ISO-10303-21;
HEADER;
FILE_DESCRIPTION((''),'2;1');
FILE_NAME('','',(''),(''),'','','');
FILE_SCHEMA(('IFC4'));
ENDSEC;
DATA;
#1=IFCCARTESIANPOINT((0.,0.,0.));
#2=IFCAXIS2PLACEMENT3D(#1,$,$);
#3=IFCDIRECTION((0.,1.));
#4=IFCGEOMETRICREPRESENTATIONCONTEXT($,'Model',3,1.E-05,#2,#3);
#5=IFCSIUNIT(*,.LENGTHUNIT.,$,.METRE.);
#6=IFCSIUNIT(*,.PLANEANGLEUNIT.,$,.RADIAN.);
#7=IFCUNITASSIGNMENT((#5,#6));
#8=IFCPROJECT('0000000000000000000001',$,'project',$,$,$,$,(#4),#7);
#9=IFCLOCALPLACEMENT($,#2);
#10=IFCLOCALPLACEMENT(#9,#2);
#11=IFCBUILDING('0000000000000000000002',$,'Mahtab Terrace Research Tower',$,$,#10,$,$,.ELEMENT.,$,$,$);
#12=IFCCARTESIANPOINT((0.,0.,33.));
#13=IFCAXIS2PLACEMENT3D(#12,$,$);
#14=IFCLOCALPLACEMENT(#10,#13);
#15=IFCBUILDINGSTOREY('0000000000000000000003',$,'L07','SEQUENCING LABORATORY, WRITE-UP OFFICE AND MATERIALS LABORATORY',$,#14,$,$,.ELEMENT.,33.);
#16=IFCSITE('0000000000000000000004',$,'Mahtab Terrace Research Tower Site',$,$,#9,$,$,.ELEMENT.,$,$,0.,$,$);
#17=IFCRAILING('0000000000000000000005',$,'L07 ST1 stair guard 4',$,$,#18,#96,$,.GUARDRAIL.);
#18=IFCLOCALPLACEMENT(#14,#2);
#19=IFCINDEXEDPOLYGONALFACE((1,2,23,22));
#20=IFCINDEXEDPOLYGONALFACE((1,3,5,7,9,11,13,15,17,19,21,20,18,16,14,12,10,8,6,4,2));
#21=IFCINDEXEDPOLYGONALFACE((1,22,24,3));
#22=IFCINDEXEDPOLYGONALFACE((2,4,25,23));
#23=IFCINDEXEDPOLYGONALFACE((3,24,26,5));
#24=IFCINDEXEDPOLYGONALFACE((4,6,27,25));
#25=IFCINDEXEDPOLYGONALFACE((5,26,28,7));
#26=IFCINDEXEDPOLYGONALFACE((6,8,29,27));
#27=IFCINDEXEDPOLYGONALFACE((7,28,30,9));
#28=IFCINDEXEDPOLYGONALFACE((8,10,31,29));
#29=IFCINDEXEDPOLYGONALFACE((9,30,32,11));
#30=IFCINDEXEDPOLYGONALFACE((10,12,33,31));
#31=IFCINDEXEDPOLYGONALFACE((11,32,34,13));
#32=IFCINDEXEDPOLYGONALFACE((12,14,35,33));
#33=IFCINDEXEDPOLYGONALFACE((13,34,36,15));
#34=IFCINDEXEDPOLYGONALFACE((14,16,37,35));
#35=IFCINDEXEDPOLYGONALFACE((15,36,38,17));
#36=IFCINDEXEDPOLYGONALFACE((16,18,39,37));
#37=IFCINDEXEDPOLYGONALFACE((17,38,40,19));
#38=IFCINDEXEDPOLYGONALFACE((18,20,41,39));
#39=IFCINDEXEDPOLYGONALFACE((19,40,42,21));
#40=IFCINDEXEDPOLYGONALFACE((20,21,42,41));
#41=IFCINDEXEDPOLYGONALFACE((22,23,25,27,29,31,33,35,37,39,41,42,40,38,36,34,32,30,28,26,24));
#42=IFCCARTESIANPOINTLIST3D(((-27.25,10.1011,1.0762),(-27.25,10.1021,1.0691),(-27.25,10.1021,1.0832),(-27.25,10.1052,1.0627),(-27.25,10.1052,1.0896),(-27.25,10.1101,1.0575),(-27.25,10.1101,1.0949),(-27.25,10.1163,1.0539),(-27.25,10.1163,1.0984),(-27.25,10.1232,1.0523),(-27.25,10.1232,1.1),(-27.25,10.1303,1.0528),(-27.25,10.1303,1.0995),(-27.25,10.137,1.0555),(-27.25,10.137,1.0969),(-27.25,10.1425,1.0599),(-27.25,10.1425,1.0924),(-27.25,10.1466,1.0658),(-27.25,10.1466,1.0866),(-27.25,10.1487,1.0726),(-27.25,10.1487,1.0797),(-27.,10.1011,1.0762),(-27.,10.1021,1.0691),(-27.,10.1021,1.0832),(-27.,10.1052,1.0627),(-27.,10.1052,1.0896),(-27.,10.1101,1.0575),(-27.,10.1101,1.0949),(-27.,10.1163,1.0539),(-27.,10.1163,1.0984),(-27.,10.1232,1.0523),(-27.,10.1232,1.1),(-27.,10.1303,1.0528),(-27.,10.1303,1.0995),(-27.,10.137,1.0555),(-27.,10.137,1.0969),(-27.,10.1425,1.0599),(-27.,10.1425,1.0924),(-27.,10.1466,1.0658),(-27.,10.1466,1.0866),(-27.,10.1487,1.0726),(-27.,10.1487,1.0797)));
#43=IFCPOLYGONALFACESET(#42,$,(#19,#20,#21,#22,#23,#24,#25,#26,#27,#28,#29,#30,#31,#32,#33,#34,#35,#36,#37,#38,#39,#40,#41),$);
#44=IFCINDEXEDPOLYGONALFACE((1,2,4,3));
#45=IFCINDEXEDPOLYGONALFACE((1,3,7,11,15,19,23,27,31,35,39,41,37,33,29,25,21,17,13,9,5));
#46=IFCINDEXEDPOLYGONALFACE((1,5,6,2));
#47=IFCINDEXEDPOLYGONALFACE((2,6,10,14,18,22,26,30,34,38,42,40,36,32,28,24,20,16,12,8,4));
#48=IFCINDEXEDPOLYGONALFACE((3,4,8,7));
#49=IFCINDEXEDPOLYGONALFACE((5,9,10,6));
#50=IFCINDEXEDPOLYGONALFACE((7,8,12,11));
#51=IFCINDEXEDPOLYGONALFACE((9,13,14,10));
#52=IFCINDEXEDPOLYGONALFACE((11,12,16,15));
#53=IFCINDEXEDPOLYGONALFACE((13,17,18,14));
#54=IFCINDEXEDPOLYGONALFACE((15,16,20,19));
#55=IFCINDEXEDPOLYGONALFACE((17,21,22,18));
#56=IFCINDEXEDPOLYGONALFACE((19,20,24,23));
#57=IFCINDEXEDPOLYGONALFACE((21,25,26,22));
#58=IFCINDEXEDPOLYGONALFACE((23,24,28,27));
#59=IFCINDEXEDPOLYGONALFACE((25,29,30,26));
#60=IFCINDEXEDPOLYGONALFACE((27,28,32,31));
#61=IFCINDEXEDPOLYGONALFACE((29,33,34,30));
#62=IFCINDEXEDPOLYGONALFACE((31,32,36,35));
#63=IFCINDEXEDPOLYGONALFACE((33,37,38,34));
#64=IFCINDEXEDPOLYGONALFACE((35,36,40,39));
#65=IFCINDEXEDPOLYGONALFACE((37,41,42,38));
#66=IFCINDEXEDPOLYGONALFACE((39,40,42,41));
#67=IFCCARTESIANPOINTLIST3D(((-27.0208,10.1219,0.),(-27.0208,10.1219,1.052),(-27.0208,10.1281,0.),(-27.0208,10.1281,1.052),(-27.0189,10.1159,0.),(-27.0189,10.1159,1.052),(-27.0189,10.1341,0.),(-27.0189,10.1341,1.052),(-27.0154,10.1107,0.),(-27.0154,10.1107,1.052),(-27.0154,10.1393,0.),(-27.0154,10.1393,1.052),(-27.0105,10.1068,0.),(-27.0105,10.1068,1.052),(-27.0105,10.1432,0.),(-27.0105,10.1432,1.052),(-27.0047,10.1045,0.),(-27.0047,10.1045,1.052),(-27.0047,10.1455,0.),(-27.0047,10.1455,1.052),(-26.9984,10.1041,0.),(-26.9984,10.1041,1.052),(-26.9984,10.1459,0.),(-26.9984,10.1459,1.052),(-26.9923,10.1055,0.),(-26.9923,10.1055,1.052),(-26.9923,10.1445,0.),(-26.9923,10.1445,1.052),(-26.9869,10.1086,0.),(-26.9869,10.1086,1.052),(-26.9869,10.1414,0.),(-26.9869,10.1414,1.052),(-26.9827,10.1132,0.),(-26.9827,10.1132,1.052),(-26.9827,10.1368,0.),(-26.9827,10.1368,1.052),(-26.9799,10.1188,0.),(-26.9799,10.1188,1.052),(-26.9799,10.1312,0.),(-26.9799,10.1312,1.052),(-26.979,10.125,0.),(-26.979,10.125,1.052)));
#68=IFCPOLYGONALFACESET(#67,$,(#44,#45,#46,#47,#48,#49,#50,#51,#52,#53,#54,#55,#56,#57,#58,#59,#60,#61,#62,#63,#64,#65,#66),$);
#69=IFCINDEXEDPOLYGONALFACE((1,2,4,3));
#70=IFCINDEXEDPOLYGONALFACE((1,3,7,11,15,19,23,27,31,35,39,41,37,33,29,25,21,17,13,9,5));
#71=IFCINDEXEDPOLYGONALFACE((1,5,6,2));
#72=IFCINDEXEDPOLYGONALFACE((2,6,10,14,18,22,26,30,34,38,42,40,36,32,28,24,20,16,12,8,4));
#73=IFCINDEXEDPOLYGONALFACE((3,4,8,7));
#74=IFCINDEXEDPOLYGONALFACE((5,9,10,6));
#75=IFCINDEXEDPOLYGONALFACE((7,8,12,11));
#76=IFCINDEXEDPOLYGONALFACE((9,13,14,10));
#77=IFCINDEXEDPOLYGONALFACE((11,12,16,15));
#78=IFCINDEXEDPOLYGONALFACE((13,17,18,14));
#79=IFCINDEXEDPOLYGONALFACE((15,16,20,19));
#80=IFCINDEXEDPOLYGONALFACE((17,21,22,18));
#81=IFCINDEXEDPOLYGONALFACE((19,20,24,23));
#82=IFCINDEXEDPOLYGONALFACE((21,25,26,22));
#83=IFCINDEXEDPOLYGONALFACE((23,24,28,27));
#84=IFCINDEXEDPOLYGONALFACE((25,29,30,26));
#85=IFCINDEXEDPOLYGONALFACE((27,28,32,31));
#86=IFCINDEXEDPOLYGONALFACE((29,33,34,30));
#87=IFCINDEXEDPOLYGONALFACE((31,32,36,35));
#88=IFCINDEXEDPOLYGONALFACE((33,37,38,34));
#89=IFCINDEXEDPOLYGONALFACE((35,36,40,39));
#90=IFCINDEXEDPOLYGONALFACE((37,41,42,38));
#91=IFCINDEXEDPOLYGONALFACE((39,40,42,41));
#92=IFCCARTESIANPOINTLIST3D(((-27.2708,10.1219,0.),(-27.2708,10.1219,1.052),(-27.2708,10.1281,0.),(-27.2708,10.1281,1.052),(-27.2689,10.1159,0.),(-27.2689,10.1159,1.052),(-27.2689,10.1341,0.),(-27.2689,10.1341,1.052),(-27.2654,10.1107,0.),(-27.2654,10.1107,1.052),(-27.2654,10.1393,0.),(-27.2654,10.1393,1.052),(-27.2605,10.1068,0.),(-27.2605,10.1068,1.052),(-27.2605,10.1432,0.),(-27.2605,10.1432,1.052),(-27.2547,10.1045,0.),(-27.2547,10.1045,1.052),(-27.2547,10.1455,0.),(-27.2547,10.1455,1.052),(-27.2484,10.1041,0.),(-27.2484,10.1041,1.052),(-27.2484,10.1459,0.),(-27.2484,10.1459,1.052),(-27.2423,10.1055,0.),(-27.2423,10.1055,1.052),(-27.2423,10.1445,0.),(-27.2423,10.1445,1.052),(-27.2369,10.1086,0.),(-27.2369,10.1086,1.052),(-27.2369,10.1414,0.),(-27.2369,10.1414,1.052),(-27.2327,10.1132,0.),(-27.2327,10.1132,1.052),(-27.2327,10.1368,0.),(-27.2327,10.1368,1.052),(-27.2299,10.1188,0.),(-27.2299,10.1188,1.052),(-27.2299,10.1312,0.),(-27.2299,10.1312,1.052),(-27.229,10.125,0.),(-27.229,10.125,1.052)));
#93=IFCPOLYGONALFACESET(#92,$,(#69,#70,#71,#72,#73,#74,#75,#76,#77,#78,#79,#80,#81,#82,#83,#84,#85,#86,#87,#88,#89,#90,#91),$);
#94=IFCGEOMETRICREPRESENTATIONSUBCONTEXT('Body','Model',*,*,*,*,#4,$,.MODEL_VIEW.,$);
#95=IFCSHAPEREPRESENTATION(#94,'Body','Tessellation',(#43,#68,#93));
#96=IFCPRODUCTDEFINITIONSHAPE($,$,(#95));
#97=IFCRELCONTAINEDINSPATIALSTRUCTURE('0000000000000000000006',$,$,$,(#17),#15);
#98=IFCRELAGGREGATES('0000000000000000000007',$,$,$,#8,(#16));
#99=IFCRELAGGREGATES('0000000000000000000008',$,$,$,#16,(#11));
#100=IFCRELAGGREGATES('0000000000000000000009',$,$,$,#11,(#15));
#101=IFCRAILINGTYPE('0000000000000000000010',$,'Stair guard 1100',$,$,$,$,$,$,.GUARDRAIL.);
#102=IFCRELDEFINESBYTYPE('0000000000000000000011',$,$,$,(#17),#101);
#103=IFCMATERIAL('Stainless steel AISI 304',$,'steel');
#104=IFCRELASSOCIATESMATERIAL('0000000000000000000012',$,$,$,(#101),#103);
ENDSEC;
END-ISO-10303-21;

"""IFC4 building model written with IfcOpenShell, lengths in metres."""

from ifc_helpers import new_model, si_unit, direction, frame, origin, origin_2d, place, context, subcontext, project, spatial, circle, extrude, material, type_object, element, save


model = new_model("IFC4")

# Units and contexts
model_context = context("Model", 3, precision=1e-05, world=origin(), true_north=direction((0.0, 1.0)))
body_context = subcontext(model_context, "Body", "Model", "MODEL_VIEW")
ifc_project = project(units=[si_unit("LENGTHUNIT", "METRE"), si_unit("PLANEANGLEUNIT", "RADIAN")], contexts=[model_context])

# Site, building, storey
site_placement = place(None, origin())
site = spatial("IfcSite", under=ifc_project, at=site_placement, Name="Mahtab Terrace Research Tower Site", CompositionType="ELEMENT", RefElevation=0.0)
building_placement = place(site_placement, origin())
building = spatial("IfcBuilding", under=site, at=building_placement, Name="Mahtab Terrace Research Tower", CompositionType="ELEMENT")
storey_placement = place(building_placement, frame((0.0, 0.0, 33.0)))
storey = spatial("IfcBuildingStorey", under=building, at=storey_placement, Name="L07", Description="SEQUENCING LABORATORY, WRITE-UP OFFICE AND MATERIALS LABORATORY", CompositionType="ELEMENT", Elevation=33.0)

# Railing
ifc_material_1 = material(Name="Stainless steel AISI 304", Category="steel")
railing_type_1 = type_object("IfcRailingType", Name="Stair guard 1100", PredefinedType="GUARDRAIL", material=ifc_material_1)
railing_1_placement = place(storey_placement, frame((-27.0, 10.125, 0.0)))
element("IfcRailing", 1, at=railing_1_placement, inside=storey, type_object=railing_type_1, Name="L07 ST1 stair guard 4", PredefinedType="GUARDRAIL", context=body_context, shape_type="SweptSolid", body=[
    extrude(circle(Radius=0.0239, at=origin_2d()), frame((0.0, 0.0, 1.0762), z_axis=(-1.0, 0.0, 0.0), x_axis=(0.0, -1.0, 0.0)), (0.0, 0.0, 1.0), 0.25),
    extrude(circle(Radius=0.021, at=origin_2d()), origin(), (0.0, 0.0, 1.0), 1.052),
    extrude(circle(Radius=0.021, at=origin_2d()), frame((-0.25, 0.0, 0.0)), (0.0, 0.0, 1.0), 1.052),
])

save(model, "model.ifc")
